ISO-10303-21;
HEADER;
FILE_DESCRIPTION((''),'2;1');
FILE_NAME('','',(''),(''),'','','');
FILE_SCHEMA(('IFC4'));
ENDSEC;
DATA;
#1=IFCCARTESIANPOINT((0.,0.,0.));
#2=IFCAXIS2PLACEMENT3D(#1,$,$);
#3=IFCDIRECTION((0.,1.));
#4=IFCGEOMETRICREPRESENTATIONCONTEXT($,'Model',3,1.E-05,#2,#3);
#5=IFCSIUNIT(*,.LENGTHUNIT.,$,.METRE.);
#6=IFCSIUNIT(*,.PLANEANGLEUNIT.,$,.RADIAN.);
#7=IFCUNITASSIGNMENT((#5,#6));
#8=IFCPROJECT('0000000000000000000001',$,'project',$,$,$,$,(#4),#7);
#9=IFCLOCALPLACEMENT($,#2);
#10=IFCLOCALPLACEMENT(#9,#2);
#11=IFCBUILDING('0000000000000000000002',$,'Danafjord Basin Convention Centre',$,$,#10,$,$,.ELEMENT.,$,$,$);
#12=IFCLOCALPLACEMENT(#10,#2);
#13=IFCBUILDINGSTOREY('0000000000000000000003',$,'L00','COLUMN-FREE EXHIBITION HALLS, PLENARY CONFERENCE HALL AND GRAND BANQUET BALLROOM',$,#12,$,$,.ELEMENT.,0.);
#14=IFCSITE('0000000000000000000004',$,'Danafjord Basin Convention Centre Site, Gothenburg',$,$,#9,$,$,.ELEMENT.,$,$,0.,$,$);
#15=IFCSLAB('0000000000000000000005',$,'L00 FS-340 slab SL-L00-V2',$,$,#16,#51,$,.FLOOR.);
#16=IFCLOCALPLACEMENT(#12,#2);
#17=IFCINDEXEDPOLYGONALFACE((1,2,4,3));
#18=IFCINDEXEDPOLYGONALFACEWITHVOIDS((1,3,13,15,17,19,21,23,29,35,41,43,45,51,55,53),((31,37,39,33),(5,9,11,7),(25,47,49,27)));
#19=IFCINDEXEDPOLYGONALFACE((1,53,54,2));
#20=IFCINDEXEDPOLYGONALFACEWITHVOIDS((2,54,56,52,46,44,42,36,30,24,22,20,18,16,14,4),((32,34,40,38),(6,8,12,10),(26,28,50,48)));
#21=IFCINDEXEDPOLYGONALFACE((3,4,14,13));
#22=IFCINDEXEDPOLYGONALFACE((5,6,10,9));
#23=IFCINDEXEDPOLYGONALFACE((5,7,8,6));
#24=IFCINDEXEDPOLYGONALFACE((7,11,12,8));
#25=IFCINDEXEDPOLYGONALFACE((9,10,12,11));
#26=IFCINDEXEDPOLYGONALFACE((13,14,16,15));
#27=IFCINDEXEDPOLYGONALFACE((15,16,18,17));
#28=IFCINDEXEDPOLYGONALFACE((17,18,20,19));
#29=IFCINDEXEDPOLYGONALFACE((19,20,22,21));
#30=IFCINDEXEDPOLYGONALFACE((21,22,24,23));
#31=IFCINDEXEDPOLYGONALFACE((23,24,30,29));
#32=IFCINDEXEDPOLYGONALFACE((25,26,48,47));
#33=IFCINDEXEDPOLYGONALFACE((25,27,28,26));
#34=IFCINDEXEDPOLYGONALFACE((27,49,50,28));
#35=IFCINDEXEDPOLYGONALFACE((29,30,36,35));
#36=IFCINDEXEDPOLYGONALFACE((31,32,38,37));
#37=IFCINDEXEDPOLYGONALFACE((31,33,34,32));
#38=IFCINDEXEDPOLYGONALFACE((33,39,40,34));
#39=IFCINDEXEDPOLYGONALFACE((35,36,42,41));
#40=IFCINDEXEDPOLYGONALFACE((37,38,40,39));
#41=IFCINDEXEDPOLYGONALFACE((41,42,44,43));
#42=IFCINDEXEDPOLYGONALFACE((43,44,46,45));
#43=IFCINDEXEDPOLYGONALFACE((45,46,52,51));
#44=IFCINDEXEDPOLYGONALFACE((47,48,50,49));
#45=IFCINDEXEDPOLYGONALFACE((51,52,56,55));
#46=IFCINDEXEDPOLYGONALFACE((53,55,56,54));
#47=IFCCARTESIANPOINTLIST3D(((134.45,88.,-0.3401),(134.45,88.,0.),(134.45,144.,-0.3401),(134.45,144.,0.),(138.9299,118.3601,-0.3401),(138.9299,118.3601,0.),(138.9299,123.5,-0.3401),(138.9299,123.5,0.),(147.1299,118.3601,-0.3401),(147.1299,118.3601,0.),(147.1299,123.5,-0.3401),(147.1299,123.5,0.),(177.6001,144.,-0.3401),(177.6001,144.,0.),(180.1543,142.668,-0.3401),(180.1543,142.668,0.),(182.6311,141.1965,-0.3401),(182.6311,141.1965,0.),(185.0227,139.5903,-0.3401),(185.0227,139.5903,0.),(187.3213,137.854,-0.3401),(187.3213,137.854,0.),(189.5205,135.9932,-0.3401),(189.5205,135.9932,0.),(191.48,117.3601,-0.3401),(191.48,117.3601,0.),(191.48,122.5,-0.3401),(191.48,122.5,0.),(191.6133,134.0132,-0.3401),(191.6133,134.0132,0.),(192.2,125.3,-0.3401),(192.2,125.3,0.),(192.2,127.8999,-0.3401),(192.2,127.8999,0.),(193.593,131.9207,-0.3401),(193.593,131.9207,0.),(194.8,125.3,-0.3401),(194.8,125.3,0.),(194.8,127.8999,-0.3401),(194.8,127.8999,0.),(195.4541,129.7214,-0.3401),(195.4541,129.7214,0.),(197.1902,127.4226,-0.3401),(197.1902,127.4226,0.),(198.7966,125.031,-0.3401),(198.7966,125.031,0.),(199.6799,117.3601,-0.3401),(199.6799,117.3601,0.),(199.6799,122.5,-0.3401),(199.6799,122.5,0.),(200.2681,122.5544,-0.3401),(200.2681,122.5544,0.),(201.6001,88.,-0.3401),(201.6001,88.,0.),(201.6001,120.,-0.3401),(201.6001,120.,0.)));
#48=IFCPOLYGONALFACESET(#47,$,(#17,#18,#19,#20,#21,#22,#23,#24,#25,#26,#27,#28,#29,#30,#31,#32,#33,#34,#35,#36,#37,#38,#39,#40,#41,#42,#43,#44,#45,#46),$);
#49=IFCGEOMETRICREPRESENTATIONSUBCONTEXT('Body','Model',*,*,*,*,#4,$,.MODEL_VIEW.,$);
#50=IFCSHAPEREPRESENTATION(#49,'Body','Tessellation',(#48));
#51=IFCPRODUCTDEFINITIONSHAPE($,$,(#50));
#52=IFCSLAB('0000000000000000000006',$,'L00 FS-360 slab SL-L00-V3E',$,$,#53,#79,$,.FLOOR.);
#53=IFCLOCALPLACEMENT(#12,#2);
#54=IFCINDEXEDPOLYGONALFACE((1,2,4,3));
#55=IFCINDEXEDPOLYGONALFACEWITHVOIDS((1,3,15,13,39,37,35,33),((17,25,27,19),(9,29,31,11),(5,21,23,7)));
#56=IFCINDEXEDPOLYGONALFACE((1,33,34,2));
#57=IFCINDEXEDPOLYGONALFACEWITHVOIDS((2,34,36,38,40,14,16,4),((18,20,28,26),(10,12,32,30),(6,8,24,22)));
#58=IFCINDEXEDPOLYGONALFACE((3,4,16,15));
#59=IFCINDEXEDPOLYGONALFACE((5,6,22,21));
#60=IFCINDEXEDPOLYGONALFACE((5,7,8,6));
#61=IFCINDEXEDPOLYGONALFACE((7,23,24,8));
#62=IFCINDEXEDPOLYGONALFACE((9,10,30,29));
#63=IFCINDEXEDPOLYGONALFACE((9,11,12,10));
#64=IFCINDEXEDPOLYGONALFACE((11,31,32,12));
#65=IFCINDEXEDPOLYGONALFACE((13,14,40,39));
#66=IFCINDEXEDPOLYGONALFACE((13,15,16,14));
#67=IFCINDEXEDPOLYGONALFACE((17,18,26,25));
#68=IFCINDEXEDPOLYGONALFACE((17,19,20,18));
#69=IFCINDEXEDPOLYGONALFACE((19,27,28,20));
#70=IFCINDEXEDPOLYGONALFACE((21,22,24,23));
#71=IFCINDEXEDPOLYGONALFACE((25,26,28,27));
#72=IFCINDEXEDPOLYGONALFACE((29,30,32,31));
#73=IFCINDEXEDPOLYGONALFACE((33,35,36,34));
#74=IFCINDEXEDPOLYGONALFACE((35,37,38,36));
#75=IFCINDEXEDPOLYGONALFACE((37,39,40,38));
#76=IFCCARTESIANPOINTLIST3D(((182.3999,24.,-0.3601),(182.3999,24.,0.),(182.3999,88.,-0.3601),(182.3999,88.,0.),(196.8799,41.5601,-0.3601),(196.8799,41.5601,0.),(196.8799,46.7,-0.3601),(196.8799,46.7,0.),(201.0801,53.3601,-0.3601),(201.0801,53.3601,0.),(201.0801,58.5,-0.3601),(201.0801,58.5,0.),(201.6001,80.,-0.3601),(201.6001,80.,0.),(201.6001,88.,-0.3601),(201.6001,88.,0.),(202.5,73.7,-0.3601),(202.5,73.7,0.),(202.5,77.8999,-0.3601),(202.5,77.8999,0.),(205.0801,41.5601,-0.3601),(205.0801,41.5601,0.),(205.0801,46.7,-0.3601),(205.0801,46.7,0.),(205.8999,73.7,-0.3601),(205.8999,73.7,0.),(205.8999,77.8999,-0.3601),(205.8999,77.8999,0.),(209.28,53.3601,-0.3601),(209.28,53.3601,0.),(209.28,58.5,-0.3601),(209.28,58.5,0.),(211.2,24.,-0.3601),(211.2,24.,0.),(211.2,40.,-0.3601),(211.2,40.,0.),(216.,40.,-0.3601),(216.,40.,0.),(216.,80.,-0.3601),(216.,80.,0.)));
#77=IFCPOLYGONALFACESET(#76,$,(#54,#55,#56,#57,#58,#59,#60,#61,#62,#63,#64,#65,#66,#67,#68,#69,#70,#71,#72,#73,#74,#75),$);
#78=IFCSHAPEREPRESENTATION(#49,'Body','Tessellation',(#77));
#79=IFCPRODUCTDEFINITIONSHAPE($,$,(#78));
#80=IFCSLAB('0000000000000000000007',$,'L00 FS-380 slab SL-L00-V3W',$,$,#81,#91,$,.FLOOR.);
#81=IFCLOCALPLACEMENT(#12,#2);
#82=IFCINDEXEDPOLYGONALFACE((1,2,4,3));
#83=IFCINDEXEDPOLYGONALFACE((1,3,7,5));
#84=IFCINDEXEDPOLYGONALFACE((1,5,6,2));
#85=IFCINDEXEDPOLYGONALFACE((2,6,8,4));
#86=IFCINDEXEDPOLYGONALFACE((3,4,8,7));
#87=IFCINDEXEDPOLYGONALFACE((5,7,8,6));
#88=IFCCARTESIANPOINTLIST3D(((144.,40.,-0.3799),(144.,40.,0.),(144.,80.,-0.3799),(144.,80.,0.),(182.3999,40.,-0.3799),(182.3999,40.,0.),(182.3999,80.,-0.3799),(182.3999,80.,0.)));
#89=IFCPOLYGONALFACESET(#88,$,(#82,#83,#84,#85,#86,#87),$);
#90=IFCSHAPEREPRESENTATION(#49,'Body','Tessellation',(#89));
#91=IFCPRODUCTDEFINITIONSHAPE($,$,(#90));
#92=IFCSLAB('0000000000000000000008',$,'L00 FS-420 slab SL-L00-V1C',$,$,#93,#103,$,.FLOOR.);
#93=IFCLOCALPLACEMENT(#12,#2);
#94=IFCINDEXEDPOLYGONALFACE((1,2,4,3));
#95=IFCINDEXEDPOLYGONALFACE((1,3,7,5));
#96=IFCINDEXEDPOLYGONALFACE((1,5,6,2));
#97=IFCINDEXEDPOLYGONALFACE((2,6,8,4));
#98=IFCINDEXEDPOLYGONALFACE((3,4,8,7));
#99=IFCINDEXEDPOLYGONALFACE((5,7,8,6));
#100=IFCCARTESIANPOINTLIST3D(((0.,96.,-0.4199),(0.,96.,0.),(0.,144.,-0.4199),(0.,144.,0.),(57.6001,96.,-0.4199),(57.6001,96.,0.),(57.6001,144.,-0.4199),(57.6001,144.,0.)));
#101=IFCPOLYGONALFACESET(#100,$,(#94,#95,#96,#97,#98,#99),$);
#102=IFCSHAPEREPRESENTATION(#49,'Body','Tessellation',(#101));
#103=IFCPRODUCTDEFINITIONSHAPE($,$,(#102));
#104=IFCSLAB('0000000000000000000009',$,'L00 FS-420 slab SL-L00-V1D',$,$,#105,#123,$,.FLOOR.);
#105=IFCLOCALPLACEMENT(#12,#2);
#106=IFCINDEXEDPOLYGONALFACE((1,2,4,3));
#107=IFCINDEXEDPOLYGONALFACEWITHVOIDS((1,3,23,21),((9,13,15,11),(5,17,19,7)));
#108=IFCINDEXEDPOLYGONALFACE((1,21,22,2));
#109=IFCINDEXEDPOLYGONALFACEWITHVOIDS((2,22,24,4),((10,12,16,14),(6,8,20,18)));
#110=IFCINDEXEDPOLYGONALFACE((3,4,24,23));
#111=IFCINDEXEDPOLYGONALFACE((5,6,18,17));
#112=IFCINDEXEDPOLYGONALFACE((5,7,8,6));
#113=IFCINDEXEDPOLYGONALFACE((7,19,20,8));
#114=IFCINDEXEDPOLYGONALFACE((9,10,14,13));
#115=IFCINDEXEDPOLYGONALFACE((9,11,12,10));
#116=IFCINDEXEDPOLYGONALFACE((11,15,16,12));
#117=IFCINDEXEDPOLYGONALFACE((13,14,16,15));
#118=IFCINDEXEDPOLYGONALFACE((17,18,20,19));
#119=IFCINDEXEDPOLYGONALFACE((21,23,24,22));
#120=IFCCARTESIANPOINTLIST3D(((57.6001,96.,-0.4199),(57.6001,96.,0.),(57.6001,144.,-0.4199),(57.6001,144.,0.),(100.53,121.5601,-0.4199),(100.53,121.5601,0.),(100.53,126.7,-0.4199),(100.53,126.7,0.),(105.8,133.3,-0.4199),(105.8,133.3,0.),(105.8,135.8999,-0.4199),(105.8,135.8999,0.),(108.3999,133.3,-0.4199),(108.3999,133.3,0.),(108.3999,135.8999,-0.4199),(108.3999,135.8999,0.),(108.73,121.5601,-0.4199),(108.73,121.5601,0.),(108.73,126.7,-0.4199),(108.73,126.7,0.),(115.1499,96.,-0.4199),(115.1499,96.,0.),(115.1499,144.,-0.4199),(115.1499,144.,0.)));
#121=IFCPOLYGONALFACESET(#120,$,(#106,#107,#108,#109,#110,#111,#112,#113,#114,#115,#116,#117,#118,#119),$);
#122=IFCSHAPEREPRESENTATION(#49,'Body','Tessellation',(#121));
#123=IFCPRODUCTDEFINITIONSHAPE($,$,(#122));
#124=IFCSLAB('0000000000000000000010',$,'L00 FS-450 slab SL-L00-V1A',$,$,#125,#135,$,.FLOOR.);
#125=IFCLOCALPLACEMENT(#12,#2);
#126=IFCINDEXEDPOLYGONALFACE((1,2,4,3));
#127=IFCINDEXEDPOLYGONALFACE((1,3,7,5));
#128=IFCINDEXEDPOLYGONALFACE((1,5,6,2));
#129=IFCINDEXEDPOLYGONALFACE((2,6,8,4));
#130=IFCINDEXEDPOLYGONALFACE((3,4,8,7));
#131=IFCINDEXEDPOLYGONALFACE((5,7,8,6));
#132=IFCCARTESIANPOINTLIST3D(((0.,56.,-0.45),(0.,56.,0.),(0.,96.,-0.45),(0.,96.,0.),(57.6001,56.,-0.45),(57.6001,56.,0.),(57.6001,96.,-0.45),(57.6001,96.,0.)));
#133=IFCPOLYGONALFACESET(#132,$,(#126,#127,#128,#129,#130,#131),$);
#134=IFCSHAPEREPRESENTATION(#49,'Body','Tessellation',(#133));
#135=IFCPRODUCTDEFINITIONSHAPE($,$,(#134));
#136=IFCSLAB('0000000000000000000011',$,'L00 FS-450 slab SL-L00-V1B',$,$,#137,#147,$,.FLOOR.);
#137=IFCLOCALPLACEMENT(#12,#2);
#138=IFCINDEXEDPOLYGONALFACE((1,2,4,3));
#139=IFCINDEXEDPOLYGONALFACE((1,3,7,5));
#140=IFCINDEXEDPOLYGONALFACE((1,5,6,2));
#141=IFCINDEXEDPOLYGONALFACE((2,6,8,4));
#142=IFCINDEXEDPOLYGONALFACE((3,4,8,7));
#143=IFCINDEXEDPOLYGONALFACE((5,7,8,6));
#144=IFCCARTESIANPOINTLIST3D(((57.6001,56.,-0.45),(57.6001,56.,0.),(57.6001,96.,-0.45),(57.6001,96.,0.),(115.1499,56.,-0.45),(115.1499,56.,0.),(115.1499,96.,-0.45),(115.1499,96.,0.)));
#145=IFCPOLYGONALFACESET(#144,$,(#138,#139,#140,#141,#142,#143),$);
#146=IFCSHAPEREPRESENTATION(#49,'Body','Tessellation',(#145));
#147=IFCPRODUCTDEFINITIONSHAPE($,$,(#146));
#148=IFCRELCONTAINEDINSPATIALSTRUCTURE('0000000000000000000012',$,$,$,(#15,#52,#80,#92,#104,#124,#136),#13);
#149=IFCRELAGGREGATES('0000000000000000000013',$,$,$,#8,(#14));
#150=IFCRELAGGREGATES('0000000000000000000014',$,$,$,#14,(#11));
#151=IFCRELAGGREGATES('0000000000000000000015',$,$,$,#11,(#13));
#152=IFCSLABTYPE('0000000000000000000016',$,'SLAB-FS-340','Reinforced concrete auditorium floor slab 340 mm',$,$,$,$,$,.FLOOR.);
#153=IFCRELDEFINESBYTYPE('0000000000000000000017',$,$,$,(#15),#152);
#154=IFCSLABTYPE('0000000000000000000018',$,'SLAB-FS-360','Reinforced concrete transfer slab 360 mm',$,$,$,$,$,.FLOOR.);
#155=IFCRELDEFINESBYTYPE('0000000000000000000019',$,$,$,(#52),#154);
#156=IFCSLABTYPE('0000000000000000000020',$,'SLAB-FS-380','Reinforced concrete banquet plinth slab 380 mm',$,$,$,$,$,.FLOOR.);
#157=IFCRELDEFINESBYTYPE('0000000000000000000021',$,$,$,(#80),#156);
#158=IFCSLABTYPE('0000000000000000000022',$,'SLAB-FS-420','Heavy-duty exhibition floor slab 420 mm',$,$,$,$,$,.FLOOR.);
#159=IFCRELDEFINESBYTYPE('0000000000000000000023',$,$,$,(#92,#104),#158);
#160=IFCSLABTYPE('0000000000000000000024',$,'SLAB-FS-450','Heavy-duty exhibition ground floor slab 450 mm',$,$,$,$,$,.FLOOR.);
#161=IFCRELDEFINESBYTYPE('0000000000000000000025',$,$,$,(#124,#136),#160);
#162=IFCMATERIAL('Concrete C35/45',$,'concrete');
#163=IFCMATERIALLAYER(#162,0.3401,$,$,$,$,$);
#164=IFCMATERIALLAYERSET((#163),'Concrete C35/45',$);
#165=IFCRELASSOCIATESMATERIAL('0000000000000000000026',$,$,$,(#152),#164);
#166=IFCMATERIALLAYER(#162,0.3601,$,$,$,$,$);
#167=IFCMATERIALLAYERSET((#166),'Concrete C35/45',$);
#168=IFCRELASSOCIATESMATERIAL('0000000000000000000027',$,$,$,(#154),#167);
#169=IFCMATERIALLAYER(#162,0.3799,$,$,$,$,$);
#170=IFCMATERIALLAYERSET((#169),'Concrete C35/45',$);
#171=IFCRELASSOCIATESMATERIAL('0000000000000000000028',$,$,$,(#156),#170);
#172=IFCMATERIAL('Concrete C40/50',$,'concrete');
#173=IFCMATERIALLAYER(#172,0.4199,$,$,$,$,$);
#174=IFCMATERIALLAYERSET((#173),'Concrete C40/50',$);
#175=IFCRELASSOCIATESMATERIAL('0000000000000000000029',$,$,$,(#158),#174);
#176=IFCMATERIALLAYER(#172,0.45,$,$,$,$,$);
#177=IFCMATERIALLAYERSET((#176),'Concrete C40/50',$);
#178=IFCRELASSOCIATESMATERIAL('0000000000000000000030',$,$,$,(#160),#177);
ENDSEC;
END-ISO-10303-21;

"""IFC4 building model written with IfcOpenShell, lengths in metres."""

from ifc_helpers import new_model, si_unit, direction, frame, origin, place, context, subcontext, project, spatial, polyline, outline, extrude, material, layer, layer_set, type_object, element, save


model = new_model("IFC4")

# Units and contexts
model_context = context("Model", 3, precision=1e-05, world=origin(), true_north=direction((0.0, 1.0)))
body_context = subcontext(model_context, "Body", "Model", "MODEL_VIEW")
ifc_project = project(units=[si_unit("LENGTHUNIT", "METRE"), si_unit("PLANEANGLEUNIT", "RADIAN")], contexts=[model_context])

# Site, building, storey
site_placement = place(None, origin())
site = spatial("IfcSite", under=ifc_project, at=site_placement, Name="Danafjord Basin Convention Centre Site, Gothenburg", CompositionType="ELEMENT", RefElevation=0.0)
building_placement = place(site_placement, origin())
building = spatial("IfcBuilding", under=site, at=building_placement, Name="Danafjord Basin Convention Centre", CompositionType="ELEMENT")
storey_placement = place(building_placement, origin())
storey = spatial("IfcBuildingStorey", under=building, at=storey_placement, Name="L00", Description="COLUMN-FREE EXHIBITION HALLS, PLENARY CONFERENCE HALL AND GRAND BANQUET BALLROOM", CompositionType="ELEMENT", Elevation=0.0)

# Shared definitions
ifc_material_1 = material(Name="Concrete C40/50", Category="concrete")

# Slabs
ifc_material_2 = material(Name="Concrete C35/45", Category="concrete")
ifc_layer_1 = layer(ifc_material_2, 0.3401)
ifc_layer_set_1 = layer_set([ifc_layer_1], Name="Concrete C35/45")
slab_type_1 = type_object("IfcSlabType", Name="SLAB-FS-340", Description="Reinforced concrete auditorium floor slab 340 mm", PredefinedType="FLOOR", material=ifc_layer_set_1)
slab_1_placement = place(storey_placement, frame((0.0, 0.0, -0.3401)))
element("IfcSlab", 1, at=slab_1_placement, inside=storey, type_object=slab_type_1, Name="L00 FS-340 slab SL-L00-V2", PredefinedType="FLOOR", context=body_context, shape_type="SweptSolid", body=[
    extrude(outline(polyline([(134.45, 144.0), (177.6001, 144.0), (180.1543, 142.668), (182.6311, 141.1965), (185.0227, 139.5903), (187.3213, 137.854), (189.5205, 135.9932), (191.6133, 134.0132), (193.593, 131.9207), (195.4541, 129.7214), (197.1902, 127.4226), (198.7966, 125.031), (200.2681, 122.5544), (201.6001, 120.0), (201.6001, 88.0), (134.45, 88.0), (134.45, 144.0)]), holes=[polyline([(191.48, 117.3601), (199.6799, 117.3601), (199.6799, 122.5), (191.48, 122.5), (191.48, 117.3601)]), polyline([(192.2, 127.8999), (192.2, 125.3), (194.8, 125.3), (194.8, 127.8999), (192.2, 127.8999)]), polyline([(138.9299, 123.5), (138.9299, 118.3601), (147.1299, 118.3601), (147.1299, 123.5), (138.9299, 123.5)])]), origin(), (0.0, 0.0, 1.0), 0.3401),
])
ifc_layer_2 = layer(ifc_material_2, 0.3601)
ifc_layer_set_2 = layer_set([ifc_layer_2], Name="Concrete C35/45")
slab_type_2 = type_object("IfcSlabType", Name="SLAB-FS-360", Description="Reinforced concrete transfer slab 360 mm", PredefinedType="FLOOR", material=ifc_layer_set_2)
slab_2_placement = place(storey_placement, frame((0.0, 0.0, -0.3601)))
element("IfcSlab", 2, at=slab_2_placement, inside=storey, type_object=slab_type_2, Name="L00 FS-360 slab SL-L00-V3E", PredefinedType="FLOOR", context=body_context, shape_type="SweptSolid", body=[
    extrude(outline(polyline([(182.3999, 88.0), (201.6001, 88.0), (201.6001, 80.0), (216.0, 80.0), (216.0, 40.0), (211.2, 40.0), (211.2, 24.0), (182.3999, 24.0), (182.3999, 88.0)]), holes=[polyline([(201.0801, 53.3601), (209.28, 53.3601), (209.28, 58.5), (201.0801, 58.5), (201.0801, 53.3601)]), polyline([(202.5, 77.8999), (202.5, 73.7), (205.8999, 73.7), (205.8999, 77.8999), (202.5, 77.8999)]), polyline([(196.8799, 41.5601), (205.0801, 41.5601), (205.0801, 46.7), (196.8799, 46.7), (196.8799, 41.5601)])]), origin(), (0.0, 0.0, 1.0), 0.3601),
])
ifc_layer_3 = layer(ifc_material_2, 0.3799)
ifc_layer_set_3 = layer_set([ifc_layer_3], Name="Concrete C35/45")
slab_type_3 = type_object("IfcSlabType", Name="SLAB-FS-380", Description="Reinforced concrete banquet plinth slab 380 mm", PredefinedType="FLOOR", material=ifc_layer_set_3)
slab_3_placement = place(storey_placement, frame((0.0, 0.0, -0.3799)))
element("IfcSlab", 3, at=slab_3_placement, inside=storey, type_object=slab_type_3, Name="L00 FS-380 slab SL-L00-V3W", PredefinedType="FLOOR", context=body_context, shape_type="SweptSolid", body=[
    extrude(outline(polyline([(144.0, 40.0), (144.0, 80.0), (182.3999, 80.0), (182.3999, 40.0), (144.0, 40.0)])), origin(), (0.0, 0.0, 1.0), 0.3799),
])
ifc_layer_4 = layer(ifc_material_1, 0.4199)
ifc_layer_set_4 = layer_set([ifc_layer_4], Name="Concrete C40/50")
slab_type_4 = type_object("IfcSlabType", Name="SLAB-FS-420", Description="Heavy-duty exhibition floor slab 420 mm", PredefinedType="FLOOR", material=ifc_layer_set_4)
slab_4_placement = place(storey_placement, frame((0.0, 0.0, -0.4199)))
element("IfcSlab", 4, at=slab_4_placement, inside=storey, type_object=slab_type_4, Name="L00 FS-420 slab SL-L00-V1C", PredefinedType="FLOOR", context=body_context, shape_type="SweptSolid", body=[
    extrude(outline(polyline([(0.0, 96.0), (0.0, 144.0), (57.6001, 144.0), (57.6001, 96.0), (0.0, 96.0)])), origin(), (0.0, 0.0, 1.0), 0.4199),
])
slab_5_placement = place(storey_placement, frame((0.0, 0.0, -0.4199)))
element("IfcSlab", 5, at=slab_5_placement, inside=storey, type_object=slab_type_4, Name="L00 FS-420 slab SL-L00-V1D", PredefinedType="FLOOR", context=body_context, shape_type="SweptSolid", body=[
    extrude(outline(polyline([(57.6001, 144.0), (115.1499, 144.0), (115.1499, 96.0), (57.6001, 96.0), (57.6001, 144.0)]), holes=[polyline([(108.73, 121.5601), (108.73, 126.7), (100.53, 126.7), (100.53, 121.5601), (108.73, 121.5601)]), polyline([(105.8, 133.3), (108.3999, 133.3), (108.3999, 135.8999), (105.8, 135.8999), (105.8, 133.3)])]), origin(), (0.0, 0.0, 1.0), 0.4199),
])
ifc_layer_5 = layer(ifc_material_1, 0.45)
ifc_layer_set_5 = layer_set([ifc_layer_5], Name="Concrete C40/50")
slab_type_5 = type_object("IfcSlabType", Name="SLAB-FS-450", Description="Heavy-duty exhibition ground floor slab 450 mm", PredefinedType="FLOOR", material=ifc_layer_set_5)
slab_6_placement = place(storey_placement, frame((0.0, 0.0, -0.45)))
element("IfcSlab", 6, at=slab_6_placement, inside=storey, type_object=slab_type_5, Name="L00 FS-450 slab SL-L00-V1A", PredefinedType="FLOOR", context=body_context, shape_type="SweptSolid", body=[
    extrude(outline(polyline([(0.0, 56.0), (0.0, 96.0), (57.6001, 96.0), (57.6001, 56.0), (0.0, 56.0)])), origin(), (0.0, 0.0, 1.0), 0.45),
])
slab_7_placement = place(storey_placement, frame((0.0, 0.0, -0.45)))
element("IfcSlab", 7, at=slab_7_placement, inside=storey, type_object=slab_type_5, Name="L00 FS-450 slab SL-L00-V1B", PredefinedType="FLOOR", context=body_context, shape_type="SweptSolid", body=[
    extrude(outline(polyline([(57.6001, 56.0), (57.6001, 96.0), (115.1499, 96.0), (115.1499, 56.0), (57.6001, 56.0)])), origin(), (0.0, 0.0, 1.0), 0.45),
])

save(model, "model.ifc")
